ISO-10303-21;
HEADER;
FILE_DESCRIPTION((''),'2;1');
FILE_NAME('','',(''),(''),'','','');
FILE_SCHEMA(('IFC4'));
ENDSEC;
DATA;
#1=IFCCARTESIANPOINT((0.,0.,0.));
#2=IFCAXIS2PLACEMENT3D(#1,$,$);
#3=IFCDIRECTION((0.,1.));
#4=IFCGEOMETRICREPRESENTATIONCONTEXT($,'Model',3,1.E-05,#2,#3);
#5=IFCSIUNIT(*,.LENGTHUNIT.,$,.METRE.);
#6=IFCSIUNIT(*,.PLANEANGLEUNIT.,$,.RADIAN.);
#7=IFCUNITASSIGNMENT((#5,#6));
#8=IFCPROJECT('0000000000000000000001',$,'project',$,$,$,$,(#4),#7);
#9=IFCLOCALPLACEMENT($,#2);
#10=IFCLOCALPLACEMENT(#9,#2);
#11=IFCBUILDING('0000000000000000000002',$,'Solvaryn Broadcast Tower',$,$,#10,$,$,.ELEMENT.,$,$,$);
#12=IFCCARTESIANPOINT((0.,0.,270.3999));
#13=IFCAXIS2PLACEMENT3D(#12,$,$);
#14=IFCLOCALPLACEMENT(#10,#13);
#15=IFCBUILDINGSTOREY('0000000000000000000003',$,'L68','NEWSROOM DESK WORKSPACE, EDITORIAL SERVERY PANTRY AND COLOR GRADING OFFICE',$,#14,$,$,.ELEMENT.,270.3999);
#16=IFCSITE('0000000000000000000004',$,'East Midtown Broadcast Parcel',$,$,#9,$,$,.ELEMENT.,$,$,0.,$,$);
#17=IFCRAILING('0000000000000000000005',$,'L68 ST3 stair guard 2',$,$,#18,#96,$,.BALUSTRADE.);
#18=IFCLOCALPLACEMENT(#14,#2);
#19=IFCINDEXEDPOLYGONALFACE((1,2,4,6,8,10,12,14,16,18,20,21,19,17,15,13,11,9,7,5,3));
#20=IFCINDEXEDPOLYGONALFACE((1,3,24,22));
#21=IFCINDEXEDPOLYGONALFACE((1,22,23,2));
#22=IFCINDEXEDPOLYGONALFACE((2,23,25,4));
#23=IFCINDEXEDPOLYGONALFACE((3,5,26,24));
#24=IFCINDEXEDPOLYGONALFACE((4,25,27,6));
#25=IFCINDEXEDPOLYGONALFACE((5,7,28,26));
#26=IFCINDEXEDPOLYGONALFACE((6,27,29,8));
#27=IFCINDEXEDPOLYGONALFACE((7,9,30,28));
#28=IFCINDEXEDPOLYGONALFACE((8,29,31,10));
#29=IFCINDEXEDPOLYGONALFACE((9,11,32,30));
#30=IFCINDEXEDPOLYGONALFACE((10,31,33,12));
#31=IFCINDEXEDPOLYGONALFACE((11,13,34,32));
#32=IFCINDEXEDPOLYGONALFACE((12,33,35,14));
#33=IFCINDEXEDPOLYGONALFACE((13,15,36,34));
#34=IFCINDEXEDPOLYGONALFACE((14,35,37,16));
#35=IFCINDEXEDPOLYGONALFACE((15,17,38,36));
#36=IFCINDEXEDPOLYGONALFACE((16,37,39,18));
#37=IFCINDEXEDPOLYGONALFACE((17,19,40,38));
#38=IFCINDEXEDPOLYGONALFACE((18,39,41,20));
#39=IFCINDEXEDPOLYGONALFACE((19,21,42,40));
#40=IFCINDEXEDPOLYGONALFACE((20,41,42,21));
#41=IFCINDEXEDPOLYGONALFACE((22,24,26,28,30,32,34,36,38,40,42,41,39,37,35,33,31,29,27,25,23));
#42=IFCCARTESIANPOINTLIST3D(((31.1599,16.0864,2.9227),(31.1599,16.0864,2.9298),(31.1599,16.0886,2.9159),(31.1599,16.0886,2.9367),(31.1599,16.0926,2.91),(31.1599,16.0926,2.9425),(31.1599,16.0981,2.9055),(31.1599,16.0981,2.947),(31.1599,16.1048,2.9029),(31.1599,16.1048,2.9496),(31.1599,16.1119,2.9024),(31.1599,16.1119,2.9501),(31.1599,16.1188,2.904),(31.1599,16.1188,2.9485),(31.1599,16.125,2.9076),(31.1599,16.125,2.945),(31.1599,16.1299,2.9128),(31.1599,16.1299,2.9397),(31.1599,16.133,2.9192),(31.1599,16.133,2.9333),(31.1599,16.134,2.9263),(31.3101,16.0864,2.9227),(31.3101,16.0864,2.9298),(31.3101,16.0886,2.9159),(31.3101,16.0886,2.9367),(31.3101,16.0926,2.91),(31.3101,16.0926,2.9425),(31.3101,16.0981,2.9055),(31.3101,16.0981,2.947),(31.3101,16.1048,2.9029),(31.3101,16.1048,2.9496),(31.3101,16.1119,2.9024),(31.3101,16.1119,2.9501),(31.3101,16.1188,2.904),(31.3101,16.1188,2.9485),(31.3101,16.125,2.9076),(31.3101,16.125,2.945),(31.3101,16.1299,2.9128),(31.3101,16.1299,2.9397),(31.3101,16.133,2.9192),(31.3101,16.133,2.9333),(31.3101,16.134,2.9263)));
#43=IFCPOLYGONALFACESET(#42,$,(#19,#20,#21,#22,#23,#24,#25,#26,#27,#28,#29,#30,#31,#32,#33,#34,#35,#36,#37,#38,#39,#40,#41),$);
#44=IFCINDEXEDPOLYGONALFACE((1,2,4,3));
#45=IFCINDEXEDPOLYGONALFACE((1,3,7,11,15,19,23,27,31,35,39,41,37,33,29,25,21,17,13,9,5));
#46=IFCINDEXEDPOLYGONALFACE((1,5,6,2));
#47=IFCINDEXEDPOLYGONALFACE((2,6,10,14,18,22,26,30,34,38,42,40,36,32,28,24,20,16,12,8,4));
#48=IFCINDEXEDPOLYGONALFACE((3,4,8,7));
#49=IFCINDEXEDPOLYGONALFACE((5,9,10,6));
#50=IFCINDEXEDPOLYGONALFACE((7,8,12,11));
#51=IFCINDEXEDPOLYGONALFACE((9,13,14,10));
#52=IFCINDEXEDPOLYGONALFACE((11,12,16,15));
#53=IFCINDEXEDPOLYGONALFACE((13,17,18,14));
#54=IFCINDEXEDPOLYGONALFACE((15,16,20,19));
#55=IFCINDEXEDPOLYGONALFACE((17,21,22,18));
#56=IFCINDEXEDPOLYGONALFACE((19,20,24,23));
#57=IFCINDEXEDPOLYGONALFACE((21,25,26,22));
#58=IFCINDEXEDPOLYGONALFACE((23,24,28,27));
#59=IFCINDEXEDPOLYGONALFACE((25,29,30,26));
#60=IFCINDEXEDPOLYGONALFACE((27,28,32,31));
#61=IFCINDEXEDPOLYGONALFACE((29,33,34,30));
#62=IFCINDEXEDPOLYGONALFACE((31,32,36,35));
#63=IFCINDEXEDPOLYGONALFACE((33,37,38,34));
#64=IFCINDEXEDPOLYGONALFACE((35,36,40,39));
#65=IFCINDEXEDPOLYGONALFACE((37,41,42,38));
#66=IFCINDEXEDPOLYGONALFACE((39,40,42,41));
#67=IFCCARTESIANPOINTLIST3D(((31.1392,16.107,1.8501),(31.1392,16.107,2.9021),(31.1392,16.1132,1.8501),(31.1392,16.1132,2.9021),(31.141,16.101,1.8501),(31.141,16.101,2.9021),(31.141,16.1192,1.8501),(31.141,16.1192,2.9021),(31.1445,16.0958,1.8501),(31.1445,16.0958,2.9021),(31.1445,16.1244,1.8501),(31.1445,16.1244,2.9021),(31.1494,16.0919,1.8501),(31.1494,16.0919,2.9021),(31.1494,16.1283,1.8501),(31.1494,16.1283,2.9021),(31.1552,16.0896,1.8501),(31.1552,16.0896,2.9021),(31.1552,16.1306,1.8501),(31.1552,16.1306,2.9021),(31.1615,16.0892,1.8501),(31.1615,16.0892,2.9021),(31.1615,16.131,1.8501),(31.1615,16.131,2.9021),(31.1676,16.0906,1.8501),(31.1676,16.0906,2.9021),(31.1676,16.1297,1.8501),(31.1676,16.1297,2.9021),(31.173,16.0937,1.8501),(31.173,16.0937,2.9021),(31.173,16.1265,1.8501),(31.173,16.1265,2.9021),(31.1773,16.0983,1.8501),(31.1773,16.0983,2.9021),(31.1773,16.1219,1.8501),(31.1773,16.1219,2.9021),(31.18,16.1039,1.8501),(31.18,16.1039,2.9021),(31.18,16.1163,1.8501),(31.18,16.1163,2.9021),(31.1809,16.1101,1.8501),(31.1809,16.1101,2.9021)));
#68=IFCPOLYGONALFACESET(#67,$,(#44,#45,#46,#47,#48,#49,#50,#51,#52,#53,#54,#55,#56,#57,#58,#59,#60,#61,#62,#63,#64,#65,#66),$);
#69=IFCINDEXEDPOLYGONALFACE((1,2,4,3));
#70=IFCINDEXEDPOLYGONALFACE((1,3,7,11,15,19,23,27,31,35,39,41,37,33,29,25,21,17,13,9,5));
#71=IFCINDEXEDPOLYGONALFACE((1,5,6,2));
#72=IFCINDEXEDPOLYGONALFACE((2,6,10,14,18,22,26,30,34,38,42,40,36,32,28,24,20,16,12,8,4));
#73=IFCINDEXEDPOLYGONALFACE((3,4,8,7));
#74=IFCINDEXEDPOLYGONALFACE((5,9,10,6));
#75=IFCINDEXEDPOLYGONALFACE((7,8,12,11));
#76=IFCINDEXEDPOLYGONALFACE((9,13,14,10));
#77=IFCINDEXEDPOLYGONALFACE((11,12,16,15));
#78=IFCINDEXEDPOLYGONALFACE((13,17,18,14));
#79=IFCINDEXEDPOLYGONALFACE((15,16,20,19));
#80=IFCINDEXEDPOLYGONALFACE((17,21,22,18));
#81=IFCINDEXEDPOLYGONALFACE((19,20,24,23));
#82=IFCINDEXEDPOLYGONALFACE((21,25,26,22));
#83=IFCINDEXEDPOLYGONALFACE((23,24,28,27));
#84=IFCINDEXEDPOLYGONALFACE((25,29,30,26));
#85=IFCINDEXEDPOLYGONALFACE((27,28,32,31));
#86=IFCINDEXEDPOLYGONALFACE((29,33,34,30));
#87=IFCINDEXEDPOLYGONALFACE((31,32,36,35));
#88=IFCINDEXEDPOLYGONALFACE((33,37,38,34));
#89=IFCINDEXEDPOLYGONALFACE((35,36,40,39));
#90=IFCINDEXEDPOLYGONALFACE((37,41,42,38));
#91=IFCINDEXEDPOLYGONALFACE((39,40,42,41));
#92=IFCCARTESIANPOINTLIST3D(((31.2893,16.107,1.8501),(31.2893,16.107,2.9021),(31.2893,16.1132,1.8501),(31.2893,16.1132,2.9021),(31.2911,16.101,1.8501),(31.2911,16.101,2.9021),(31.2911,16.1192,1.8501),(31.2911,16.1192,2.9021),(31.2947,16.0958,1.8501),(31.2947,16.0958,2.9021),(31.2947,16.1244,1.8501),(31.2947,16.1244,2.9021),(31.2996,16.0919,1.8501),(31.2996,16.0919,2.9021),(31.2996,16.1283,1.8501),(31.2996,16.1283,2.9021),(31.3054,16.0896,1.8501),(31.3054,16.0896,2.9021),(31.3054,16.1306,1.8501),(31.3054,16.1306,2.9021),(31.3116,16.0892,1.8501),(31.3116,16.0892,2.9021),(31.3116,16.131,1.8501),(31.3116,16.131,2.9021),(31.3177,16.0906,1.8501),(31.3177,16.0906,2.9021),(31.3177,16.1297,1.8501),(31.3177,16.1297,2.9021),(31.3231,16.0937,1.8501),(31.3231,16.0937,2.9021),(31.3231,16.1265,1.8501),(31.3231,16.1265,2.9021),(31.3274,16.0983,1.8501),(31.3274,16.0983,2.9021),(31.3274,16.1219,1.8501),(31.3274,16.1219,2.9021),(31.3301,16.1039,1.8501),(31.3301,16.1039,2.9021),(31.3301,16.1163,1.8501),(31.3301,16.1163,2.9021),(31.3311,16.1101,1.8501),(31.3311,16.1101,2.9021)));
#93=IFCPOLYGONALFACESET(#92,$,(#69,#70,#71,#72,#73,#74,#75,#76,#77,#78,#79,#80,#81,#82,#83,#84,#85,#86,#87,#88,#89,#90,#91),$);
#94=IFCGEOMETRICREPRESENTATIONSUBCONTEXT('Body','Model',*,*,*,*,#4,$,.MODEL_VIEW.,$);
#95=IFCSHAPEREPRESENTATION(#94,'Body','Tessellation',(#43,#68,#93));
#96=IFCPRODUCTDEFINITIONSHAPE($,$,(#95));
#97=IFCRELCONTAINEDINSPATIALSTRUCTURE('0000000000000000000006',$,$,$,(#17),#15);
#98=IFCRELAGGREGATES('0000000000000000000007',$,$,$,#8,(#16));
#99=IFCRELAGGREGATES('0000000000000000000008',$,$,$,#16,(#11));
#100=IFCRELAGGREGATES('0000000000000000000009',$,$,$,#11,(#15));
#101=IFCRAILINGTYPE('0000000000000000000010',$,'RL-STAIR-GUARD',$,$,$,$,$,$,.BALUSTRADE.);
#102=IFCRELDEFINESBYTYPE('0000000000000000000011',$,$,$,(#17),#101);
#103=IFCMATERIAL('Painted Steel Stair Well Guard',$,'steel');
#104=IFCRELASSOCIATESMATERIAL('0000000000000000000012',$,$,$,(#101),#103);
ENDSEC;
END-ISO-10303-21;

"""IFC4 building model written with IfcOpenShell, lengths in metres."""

from ifc_helpers import new_model, si_unit, direction, frame, origin, origin_2d, place, context, subcontext, project, spatial, circle, extrude, material, type_object, element, save


model = new_model("IFC4")

# Units and contexts
model_context = context("Model", 3, precision=1e-05, world=origin(), true_north=direction((0.0, 1.0)))
body_context = subcontext(model_context, "Body", "Model", "MODEL_VIEW")
ifc_project = project(units=[si_unit("LENGTHUNIT", "METRE"), si_unit("PLANEANGLEUNIT", "RADIAN")], contexts=[model_context])

# Site, building, storey
site_placement = place(None, origin())
site = spatial("IfcSite", under=ifc_project, at=site_placement, Name="East Midtown Broadcast Parcel", CompositionType="ELEMENT", RefElevation=0.0)
building_placement = place(site_placement, origin())
building = spatial("IfcBuilding", under=site, at=building_placement, Name="Solvaryn Broadcast Tower", CompositionType="ELEMENT")
storey_placement = place(building_placement, frame((0.0, 0.0, 270.3999)))
storey = spatial("IfcBuildingStorey", under=building, at=storey_placement, Name="L68", Description="NEWSROOM DESK WORKSPACE, EDITORIAL SERVERY PANTRY AND COLOR GRADING OFFICE", CompositionType="ELEMENT", Elevation=270.3999)

# Railing
ifc_material_1 = material(Name="Painted Steel Stair Well Guard", Category="steel")
railing_type_1 = type_object("IfcRailingType", Name="RL-STAIR-GUARD", PredefinedType="BALUSTRADE", material=ifc_material_1)
railing_1_placement = place(storey_placement, frame((31.1599, 16.1101, 1.8501)))
element("IfcRailing", 1, at=railing_1_placement, inside=storey, type_object=railing_type_1, Name="L68 ST3 stair guard 2", PredefinedType="BALUSTRADE", context=body_context, shape_type="SweptSolid", body=[
    extrude(circle(Radius=0.0239, at=origin_2d()), frame((0.0, 0.0, 1.0762), z_axis=(1.0, 0.0, 0.0), x_axis=(0.0, 1.0, 0.0)), (0.0, 0.0, 1.0), 0.1501),
    extrude(circle(Radius=0.021, at=origin_2d()), origin(), (0.0, 0.0, 1.0), 1.052),
    extrude(circle(Radius=0.021, at=origin_2d()), frame((0.1501, 0.0, 0.0)), (0.0, 0.0, 1.0), 1.052),
])

save(model, "model.ifc")
